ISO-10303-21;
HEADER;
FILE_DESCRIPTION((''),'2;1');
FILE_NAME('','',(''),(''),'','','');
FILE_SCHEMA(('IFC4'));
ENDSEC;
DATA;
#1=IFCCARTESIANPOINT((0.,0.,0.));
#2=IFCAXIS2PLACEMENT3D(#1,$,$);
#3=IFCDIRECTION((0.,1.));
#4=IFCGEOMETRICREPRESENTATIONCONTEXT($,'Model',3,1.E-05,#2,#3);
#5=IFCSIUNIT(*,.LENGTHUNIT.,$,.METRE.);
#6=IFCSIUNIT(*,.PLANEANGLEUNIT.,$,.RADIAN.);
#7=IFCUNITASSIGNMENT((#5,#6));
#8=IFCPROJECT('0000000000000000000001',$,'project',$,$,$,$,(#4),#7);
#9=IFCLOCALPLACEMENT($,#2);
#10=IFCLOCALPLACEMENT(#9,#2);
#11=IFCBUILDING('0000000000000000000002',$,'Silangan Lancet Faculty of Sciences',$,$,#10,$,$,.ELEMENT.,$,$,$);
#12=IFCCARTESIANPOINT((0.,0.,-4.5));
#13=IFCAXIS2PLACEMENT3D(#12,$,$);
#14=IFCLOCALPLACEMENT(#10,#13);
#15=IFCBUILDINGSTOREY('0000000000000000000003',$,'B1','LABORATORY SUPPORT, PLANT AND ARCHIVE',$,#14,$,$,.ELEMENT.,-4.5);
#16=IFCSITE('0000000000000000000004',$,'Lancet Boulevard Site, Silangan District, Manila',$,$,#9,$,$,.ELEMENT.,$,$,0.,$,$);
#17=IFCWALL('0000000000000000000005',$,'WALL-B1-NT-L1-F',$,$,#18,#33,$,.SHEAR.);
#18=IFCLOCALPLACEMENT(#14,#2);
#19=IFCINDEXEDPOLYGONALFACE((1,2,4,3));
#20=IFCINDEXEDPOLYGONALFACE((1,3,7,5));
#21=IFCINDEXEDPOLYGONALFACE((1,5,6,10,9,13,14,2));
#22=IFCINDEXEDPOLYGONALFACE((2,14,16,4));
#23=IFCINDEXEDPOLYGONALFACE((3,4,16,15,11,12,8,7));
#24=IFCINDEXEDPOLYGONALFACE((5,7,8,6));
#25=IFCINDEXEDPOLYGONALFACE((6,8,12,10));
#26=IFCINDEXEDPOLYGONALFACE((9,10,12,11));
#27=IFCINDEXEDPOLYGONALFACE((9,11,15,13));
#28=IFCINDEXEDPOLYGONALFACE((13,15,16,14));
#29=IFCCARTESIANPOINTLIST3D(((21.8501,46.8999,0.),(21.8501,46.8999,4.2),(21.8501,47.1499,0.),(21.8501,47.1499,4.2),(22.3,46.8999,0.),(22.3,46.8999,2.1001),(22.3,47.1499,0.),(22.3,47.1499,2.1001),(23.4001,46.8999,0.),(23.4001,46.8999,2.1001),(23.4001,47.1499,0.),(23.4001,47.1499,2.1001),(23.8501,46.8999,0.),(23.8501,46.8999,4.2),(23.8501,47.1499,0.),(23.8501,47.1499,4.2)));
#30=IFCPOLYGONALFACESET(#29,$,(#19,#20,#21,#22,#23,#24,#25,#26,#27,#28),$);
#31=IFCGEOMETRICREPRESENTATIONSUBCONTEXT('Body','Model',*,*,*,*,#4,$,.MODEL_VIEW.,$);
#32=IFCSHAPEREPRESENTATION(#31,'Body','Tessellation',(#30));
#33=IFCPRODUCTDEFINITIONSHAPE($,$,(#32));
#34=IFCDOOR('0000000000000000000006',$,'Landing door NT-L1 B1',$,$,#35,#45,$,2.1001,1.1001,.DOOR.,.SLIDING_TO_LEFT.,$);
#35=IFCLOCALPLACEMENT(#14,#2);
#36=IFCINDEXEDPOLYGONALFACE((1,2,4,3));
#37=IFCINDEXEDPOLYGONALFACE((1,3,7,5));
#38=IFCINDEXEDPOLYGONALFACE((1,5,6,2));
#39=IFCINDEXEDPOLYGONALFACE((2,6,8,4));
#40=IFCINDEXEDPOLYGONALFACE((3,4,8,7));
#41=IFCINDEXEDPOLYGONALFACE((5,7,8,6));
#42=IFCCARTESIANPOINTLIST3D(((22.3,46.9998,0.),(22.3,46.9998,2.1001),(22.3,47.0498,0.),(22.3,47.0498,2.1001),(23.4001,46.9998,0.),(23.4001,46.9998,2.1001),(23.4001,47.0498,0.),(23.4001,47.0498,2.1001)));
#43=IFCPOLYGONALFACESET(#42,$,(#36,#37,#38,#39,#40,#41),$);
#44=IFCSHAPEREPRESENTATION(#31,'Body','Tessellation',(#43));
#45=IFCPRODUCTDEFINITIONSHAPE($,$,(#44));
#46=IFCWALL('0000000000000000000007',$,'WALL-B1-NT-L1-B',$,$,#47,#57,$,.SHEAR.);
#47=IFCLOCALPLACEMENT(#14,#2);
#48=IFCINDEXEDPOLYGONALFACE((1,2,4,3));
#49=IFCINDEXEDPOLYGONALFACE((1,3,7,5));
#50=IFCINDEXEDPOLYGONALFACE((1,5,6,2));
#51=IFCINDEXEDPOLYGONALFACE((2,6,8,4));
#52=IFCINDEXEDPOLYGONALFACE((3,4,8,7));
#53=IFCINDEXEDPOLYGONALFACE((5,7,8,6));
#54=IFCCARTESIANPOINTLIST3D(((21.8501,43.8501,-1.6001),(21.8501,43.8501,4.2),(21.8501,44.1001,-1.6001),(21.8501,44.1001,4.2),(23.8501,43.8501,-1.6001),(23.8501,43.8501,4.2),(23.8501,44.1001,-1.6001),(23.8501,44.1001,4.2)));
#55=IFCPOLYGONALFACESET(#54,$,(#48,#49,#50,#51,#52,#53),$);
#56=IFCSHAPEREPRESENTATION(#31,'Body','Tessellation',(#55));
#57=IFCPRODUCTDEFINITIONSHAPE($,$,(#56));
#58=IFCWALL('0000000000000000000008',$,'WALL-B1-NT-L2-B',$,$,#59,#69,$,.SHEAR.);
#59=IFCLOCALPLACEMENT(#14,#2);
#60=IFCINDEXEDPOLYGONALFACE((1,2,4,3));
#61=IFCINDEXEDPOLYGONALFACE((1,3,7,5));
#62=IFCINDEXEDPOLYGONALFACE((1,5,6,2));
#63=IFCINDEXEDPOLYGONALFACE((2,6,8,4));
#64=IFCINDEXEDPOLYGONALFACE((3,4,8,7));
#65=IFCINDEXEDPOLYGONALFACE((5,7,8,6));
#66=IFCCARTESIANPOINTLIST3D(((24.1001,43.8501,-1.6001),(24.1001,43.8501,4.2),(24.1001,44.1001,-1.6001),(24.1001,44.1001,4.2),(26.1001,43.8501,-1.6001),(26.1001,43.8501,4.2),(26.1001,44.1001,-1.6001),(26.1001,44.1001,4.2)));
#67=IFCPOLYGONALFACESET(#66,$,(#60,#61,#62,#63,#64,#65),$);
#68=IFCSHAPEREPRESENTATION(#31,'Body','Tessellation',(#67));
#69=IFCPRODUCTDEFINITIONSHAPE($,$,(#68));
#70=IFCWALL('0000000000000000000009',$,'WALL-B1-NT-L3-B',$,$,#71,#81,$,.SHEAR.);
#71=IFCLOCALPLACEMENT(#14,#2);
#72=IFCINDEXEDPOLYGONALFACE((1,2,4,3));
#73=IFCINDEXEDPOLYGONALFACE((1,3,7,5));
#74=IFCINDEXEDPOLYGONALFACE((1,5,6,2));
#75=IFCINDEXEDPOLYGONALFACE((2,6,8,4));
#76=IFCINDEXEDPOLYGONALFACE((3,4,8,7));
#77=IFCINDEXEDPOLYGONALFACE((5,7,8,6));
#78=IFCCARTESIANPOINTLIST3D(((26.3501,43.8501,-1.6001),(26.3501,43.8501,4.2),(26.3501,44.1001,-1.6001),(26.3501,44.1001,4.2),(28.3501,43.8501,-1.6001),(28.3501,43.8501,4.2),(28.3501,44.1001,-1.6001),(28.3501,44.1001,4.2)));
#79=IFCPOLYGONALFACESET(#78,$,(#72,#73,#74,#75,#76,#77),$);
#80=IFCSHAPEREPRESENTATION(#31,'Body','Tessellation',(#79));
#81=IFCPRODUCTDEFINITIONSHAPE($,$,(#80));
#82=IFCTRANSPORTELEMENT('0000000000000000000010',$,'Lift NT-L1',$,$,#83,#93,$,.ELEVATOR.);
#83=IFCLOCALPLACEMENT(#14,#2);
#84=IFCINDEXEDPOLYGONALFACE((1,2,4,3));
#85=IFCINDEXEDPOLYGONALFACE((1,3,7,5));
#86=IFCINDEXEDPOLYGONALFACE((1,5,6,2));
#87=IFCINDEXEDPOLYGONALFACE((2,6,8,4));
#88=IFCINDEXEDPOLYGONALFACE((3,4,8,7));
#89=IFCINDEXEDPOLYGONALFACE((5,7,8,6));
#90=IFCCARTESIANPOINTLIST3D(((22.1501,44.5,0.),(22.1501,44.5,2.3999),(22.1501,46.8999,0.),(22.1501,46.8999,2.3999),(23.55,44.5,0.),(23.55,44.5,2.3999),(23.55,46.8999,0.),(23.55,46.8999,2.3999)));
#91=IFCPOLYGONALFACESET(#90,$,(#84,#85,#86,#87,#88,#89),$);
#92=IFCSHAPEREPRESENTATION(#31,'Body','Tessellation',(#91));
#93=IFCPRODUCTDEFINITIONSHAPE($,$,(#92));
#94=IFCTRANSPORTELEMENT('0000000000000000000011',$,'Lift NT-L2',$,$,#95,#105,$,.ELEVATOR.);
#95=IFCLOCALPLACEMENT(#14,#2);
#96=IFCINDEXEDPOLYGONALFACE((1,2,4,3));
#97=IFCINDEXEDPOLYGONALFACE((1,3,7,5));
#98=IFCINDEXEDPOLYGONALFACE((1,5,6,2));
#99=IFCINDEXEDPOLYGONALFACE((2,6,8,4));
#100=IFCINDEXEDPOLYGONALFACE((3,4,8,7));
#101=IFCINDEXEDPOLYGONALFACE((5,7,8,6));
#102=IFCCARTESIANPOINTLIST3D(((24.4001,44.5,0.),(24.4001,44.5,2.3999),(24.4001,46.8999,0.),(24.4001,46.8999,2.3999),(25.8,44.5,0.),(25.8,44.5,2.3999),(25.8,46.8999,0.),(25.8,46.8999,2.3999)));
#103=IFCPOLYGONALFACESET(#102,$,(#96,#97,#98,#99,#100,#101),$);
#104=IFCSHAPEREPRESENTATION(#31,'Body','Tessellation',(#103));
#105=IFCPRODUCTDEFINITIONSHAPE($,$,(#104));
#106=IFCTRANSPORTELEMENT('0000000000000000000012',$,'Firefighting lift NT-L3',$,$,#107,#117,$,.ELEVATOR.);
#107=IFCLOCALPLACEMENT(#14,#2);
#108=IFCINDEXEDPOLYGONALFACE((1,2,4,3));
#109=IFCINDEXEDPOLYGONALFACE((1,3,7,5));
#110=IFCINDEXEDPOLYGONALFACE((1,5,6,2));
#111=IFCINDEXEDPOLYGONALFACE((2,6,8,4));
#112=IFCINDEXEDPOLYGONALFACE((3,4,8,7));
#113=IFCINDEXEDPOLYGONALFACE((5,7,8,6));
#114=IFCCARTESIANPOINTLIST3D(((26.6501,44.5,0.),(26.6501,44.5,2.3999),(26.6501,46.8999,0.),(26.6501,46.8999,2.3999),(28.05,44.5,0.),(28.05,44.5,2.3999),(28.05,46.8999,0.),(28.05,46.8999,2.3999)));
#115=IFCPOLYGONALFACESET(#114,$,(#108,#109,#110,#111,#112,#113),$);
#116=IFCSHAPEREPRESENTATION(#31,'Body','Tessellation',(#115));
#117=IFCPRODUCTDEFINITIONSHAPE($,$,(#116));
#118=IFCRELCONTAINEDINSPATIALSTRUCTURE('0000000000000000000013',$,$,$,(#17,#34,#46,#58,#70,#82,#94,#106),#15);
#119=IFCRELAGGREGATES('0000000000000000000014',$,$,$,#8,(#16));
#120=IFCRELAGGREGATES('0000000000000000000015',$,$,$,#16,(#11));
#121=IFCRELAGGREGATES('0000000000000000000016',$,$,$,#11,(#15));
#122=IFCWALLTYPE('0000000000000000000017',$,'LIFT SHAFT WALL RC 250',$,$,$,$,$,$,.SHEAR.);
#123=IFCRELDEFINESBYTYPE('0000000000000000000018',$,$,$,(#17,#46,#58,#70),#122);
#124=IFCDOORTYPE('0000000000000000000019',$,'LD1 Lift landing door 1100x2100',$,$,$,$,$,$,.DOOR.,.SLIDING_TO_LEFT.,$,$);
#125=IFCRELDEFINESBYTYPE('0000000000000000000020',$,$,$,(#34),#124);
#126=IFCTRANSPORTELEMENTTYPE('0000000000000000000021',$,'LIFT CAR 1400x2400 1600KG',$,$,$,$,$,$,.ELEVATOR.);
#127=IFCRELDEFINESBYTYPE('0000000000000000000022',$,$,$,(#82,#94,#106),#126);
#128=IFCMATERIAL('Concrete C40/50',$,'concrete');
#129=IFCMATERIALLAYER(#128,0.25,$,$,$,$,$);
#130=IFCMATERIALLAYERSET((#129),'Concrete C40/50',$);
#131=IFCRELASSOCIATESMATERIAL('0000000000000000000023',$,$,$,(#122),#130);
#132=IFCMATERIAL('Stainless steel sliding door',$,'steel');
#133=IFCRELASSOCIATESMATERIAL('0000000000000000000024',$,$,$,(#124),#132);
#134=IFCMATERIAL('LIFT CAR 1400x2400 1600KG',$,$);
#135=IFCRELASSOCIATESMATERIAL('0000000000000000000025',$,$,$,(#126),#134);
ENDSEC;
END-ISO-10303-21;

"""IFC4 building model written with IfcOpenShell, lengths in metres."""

from ifc_helpers import new_model, si_unit, direction, frame, frame_2d, origin, origin_2d, place, context, subcontext, project, spatial, rectangle, extrude, material, layer, layer_set, type_object, element, fill, save


model = new_model("IFC4")

# Units and contexts
model_context = context("Model", 3, precision=1e-05, world=origin(), true_north=direction((0.0, 1.0)))
body_context = subcontext(model_context, "Body", "Model", "MODEL_VIEW")
ifc_project = project(units=[si_unit("LENGTHUNIT", "METRE"), si_unit("PLANEANGLEUNIT", "RADIAN")], contexts=[model_context])

# Site, building, storey
site_placement = place(None, origin())
site = spatial("IfcSite", under=ifc_project, at=site_placement, Name="Lancet Boulevard Site, Silangan District, Manila", CompositionType="ELEMENT", RefElevation=0.0)
building_placement = place(site_placement, origin())
building = spatial("IfcBuilding", under=site, at=building_placement, Name="Silangan Lancet Faculty of Sciences", CompositionType="ELEMENT")
storey_placement = place(building_placement, frame((0.0, 0.0, -4.5)))
storey = spatial("IfcBuildingStorey", under=building, at=storey_placement, Name="B1", Description="LABORATORY SUPPORT, PLANT AND ARCHIVE", CompositionType="ELEMENT", Elevation=-4.5)

# Shared definitions
ifc_material_1 = material(Name="Concrete C40/50", Category="concrete")
ifc_layer_1 = layer(ifc_material_1, 0.25)
ifc_layer_set_1 = layer_set([ifc_layer_1], Name="Concrete C40/50")
wall_type_1 = type_object("IfcWallType", Name="LIFT SHAFT WALL RC 250", PredefinedType="SHEAR", material=ifc_layer_set_1)

# Wall, opening, door
wall_1_placement = place(storey_placement, frame((21.8501, 47.0249, 0.0), z_axis=(0.0, 0.0, 1.0), x_axis=(1.0, 0.0, 0.0)))
wall_1 = element("IfcWall", 1, at=wall_1_placement, inside=storey, type_object=wall_type_1, Name="WALL-B1-NT-L1-F", PredefinedType="SHEAR", context=body_context, shape_type="SweptSolid", body=[
    extrude(rectangle(XDim=2.0, YDim=0.25, at=frame_2d((1.0, 0.0))), origin(), (0.0, 0.0, 1.0), 4.2),
])
opening_placement = place(wall_1_placement, frame((0.45, 0.0, 0.0)))
opening = element("IfcOpeningElement", 2, at=opening_placement, cuts=wall_1, PredefinedType="OPENING", context=body_context, shape_type="SweptSolid", body=[
    extrude(rectangle(XDim=1.1001, YDim=2.1001, at=frame_2d((0.55, 1.05))), frame((0.0, 0.135, 0.0), z_axis=(0.0, -1.0, 0.0), x_axis=(1.0, 0.0, 0.0)), (0.0, 0.0, 1.0), 0.27),
])
ifc_material_2 = material(Name="Stainless steel sliding door", Category="steel")
door_type = type_object("IfcDoorType", Name="LD1 Lift landing door 1100x2100", OperationType="SLIDING_TO_LEFT", PredefinedType="DOOR", material=ifc_material_2)
door_placement = place(opening_placement, origin())
door = element("IfcDoor", 3, at=door_placement, inside=storey, type_object=door_type, Name="Landing door NT-L1 B1", OperationType="SLIDING_TO_LEFT", OverallHeight=2.1001, OverallWidth=1.1001, PredefinedType="DOOR", context=body_context, shape_type="SweptSolid", body=[
    extrude(rectangle(XDim=1.1001, YDim=2.1001, at=frame_2d((0.55, 1.05))), frame((0.0, 0.0249, 0.0), z_axis=(0.0, -1.0, 0.0), x_axis=(1.0, 0.0, 0.0)), (0.0, 0.0, 1.0), 0.05),
])
fill(opening, door)

# Walls
for number, where, z_axis, x_axis, name in (
    (4, (21.8501, 43.9751, -1.6001), (0.0, 0.0, 1.0), (1.0, 0.0, 0.0), "WALL-B1-NT-L1-B"),
    (5, (24.1001, 43.9751, -1.6001), (0.0, 0.0, 1.0), (1.0, 0.0, 0.0), "WALL-B1-NT-L2-B"),
    (6, (26.3501, 43.9751, -1.6001), (0.0, 0.0, 1.0), (1.0, 0.0, 0.0), "WALL-B1-NT-L3-B"),
):
    element("IfcWall", number, at=place(storey_placement, frame(where, z_axis=z_axis, x_axis=x_axis)), inside=storey, type_object=wall_type_1, Name=name, PredefinedType="SHEAR", context=body_context, shape_type="SweptSolid", body=[
        extrude(rectangle(XDim=2.0, YDim=0.25, at=frame_2d((1.0, 0.0))), origin(), (0.0, 0.0, 1.0), 5.8),
    ])

# Transport elements
ifc_material_3 = material(Name="LIFT CAR 1400x2400 1600KG")
transport_element_type = type_object("IfcTransportElementType", Name="LIFT CAR 1400x2400 1600KG", PredefinedType="ELEVATOR", material=ifc_material_3)
for number, where, z_axis, x_axis, name in (
    (7, (22.8501, 45.7, 0.0), (0.0, 0.0, 1.0), (1.0, 0.0, 0.0), "Lift NT-L1"),
    (8, (25.1001, 45.7, 0.0), (0.0, 0.0, 1.0), (1.0, 0.0, 0.0), "Lift NT-L2"),
    (9, (27.3501, 45.7, 0.0), (0.0, 0.0, 1.0), (1.0, 0.0, 0.0), "Firefighting lift NT-L3"),
):
    element("IfcTransportElement", number, at=place(storey_placement, frame(where, z_axis=z_axis, x_axis=x_axis)), inside=storey, type_object=transport_element_type, Name=name, PredefinedType="ELEVATOR", context=body_context, shape_type="SweptSolid", body=[
        extrude(rectangle(XDim=1.3999, YDim=2.3999, at=origin_2d()), origin(), (0.0, 0.0, 1.0), 2.3999),
    ])

save(model, "model.ifc")
